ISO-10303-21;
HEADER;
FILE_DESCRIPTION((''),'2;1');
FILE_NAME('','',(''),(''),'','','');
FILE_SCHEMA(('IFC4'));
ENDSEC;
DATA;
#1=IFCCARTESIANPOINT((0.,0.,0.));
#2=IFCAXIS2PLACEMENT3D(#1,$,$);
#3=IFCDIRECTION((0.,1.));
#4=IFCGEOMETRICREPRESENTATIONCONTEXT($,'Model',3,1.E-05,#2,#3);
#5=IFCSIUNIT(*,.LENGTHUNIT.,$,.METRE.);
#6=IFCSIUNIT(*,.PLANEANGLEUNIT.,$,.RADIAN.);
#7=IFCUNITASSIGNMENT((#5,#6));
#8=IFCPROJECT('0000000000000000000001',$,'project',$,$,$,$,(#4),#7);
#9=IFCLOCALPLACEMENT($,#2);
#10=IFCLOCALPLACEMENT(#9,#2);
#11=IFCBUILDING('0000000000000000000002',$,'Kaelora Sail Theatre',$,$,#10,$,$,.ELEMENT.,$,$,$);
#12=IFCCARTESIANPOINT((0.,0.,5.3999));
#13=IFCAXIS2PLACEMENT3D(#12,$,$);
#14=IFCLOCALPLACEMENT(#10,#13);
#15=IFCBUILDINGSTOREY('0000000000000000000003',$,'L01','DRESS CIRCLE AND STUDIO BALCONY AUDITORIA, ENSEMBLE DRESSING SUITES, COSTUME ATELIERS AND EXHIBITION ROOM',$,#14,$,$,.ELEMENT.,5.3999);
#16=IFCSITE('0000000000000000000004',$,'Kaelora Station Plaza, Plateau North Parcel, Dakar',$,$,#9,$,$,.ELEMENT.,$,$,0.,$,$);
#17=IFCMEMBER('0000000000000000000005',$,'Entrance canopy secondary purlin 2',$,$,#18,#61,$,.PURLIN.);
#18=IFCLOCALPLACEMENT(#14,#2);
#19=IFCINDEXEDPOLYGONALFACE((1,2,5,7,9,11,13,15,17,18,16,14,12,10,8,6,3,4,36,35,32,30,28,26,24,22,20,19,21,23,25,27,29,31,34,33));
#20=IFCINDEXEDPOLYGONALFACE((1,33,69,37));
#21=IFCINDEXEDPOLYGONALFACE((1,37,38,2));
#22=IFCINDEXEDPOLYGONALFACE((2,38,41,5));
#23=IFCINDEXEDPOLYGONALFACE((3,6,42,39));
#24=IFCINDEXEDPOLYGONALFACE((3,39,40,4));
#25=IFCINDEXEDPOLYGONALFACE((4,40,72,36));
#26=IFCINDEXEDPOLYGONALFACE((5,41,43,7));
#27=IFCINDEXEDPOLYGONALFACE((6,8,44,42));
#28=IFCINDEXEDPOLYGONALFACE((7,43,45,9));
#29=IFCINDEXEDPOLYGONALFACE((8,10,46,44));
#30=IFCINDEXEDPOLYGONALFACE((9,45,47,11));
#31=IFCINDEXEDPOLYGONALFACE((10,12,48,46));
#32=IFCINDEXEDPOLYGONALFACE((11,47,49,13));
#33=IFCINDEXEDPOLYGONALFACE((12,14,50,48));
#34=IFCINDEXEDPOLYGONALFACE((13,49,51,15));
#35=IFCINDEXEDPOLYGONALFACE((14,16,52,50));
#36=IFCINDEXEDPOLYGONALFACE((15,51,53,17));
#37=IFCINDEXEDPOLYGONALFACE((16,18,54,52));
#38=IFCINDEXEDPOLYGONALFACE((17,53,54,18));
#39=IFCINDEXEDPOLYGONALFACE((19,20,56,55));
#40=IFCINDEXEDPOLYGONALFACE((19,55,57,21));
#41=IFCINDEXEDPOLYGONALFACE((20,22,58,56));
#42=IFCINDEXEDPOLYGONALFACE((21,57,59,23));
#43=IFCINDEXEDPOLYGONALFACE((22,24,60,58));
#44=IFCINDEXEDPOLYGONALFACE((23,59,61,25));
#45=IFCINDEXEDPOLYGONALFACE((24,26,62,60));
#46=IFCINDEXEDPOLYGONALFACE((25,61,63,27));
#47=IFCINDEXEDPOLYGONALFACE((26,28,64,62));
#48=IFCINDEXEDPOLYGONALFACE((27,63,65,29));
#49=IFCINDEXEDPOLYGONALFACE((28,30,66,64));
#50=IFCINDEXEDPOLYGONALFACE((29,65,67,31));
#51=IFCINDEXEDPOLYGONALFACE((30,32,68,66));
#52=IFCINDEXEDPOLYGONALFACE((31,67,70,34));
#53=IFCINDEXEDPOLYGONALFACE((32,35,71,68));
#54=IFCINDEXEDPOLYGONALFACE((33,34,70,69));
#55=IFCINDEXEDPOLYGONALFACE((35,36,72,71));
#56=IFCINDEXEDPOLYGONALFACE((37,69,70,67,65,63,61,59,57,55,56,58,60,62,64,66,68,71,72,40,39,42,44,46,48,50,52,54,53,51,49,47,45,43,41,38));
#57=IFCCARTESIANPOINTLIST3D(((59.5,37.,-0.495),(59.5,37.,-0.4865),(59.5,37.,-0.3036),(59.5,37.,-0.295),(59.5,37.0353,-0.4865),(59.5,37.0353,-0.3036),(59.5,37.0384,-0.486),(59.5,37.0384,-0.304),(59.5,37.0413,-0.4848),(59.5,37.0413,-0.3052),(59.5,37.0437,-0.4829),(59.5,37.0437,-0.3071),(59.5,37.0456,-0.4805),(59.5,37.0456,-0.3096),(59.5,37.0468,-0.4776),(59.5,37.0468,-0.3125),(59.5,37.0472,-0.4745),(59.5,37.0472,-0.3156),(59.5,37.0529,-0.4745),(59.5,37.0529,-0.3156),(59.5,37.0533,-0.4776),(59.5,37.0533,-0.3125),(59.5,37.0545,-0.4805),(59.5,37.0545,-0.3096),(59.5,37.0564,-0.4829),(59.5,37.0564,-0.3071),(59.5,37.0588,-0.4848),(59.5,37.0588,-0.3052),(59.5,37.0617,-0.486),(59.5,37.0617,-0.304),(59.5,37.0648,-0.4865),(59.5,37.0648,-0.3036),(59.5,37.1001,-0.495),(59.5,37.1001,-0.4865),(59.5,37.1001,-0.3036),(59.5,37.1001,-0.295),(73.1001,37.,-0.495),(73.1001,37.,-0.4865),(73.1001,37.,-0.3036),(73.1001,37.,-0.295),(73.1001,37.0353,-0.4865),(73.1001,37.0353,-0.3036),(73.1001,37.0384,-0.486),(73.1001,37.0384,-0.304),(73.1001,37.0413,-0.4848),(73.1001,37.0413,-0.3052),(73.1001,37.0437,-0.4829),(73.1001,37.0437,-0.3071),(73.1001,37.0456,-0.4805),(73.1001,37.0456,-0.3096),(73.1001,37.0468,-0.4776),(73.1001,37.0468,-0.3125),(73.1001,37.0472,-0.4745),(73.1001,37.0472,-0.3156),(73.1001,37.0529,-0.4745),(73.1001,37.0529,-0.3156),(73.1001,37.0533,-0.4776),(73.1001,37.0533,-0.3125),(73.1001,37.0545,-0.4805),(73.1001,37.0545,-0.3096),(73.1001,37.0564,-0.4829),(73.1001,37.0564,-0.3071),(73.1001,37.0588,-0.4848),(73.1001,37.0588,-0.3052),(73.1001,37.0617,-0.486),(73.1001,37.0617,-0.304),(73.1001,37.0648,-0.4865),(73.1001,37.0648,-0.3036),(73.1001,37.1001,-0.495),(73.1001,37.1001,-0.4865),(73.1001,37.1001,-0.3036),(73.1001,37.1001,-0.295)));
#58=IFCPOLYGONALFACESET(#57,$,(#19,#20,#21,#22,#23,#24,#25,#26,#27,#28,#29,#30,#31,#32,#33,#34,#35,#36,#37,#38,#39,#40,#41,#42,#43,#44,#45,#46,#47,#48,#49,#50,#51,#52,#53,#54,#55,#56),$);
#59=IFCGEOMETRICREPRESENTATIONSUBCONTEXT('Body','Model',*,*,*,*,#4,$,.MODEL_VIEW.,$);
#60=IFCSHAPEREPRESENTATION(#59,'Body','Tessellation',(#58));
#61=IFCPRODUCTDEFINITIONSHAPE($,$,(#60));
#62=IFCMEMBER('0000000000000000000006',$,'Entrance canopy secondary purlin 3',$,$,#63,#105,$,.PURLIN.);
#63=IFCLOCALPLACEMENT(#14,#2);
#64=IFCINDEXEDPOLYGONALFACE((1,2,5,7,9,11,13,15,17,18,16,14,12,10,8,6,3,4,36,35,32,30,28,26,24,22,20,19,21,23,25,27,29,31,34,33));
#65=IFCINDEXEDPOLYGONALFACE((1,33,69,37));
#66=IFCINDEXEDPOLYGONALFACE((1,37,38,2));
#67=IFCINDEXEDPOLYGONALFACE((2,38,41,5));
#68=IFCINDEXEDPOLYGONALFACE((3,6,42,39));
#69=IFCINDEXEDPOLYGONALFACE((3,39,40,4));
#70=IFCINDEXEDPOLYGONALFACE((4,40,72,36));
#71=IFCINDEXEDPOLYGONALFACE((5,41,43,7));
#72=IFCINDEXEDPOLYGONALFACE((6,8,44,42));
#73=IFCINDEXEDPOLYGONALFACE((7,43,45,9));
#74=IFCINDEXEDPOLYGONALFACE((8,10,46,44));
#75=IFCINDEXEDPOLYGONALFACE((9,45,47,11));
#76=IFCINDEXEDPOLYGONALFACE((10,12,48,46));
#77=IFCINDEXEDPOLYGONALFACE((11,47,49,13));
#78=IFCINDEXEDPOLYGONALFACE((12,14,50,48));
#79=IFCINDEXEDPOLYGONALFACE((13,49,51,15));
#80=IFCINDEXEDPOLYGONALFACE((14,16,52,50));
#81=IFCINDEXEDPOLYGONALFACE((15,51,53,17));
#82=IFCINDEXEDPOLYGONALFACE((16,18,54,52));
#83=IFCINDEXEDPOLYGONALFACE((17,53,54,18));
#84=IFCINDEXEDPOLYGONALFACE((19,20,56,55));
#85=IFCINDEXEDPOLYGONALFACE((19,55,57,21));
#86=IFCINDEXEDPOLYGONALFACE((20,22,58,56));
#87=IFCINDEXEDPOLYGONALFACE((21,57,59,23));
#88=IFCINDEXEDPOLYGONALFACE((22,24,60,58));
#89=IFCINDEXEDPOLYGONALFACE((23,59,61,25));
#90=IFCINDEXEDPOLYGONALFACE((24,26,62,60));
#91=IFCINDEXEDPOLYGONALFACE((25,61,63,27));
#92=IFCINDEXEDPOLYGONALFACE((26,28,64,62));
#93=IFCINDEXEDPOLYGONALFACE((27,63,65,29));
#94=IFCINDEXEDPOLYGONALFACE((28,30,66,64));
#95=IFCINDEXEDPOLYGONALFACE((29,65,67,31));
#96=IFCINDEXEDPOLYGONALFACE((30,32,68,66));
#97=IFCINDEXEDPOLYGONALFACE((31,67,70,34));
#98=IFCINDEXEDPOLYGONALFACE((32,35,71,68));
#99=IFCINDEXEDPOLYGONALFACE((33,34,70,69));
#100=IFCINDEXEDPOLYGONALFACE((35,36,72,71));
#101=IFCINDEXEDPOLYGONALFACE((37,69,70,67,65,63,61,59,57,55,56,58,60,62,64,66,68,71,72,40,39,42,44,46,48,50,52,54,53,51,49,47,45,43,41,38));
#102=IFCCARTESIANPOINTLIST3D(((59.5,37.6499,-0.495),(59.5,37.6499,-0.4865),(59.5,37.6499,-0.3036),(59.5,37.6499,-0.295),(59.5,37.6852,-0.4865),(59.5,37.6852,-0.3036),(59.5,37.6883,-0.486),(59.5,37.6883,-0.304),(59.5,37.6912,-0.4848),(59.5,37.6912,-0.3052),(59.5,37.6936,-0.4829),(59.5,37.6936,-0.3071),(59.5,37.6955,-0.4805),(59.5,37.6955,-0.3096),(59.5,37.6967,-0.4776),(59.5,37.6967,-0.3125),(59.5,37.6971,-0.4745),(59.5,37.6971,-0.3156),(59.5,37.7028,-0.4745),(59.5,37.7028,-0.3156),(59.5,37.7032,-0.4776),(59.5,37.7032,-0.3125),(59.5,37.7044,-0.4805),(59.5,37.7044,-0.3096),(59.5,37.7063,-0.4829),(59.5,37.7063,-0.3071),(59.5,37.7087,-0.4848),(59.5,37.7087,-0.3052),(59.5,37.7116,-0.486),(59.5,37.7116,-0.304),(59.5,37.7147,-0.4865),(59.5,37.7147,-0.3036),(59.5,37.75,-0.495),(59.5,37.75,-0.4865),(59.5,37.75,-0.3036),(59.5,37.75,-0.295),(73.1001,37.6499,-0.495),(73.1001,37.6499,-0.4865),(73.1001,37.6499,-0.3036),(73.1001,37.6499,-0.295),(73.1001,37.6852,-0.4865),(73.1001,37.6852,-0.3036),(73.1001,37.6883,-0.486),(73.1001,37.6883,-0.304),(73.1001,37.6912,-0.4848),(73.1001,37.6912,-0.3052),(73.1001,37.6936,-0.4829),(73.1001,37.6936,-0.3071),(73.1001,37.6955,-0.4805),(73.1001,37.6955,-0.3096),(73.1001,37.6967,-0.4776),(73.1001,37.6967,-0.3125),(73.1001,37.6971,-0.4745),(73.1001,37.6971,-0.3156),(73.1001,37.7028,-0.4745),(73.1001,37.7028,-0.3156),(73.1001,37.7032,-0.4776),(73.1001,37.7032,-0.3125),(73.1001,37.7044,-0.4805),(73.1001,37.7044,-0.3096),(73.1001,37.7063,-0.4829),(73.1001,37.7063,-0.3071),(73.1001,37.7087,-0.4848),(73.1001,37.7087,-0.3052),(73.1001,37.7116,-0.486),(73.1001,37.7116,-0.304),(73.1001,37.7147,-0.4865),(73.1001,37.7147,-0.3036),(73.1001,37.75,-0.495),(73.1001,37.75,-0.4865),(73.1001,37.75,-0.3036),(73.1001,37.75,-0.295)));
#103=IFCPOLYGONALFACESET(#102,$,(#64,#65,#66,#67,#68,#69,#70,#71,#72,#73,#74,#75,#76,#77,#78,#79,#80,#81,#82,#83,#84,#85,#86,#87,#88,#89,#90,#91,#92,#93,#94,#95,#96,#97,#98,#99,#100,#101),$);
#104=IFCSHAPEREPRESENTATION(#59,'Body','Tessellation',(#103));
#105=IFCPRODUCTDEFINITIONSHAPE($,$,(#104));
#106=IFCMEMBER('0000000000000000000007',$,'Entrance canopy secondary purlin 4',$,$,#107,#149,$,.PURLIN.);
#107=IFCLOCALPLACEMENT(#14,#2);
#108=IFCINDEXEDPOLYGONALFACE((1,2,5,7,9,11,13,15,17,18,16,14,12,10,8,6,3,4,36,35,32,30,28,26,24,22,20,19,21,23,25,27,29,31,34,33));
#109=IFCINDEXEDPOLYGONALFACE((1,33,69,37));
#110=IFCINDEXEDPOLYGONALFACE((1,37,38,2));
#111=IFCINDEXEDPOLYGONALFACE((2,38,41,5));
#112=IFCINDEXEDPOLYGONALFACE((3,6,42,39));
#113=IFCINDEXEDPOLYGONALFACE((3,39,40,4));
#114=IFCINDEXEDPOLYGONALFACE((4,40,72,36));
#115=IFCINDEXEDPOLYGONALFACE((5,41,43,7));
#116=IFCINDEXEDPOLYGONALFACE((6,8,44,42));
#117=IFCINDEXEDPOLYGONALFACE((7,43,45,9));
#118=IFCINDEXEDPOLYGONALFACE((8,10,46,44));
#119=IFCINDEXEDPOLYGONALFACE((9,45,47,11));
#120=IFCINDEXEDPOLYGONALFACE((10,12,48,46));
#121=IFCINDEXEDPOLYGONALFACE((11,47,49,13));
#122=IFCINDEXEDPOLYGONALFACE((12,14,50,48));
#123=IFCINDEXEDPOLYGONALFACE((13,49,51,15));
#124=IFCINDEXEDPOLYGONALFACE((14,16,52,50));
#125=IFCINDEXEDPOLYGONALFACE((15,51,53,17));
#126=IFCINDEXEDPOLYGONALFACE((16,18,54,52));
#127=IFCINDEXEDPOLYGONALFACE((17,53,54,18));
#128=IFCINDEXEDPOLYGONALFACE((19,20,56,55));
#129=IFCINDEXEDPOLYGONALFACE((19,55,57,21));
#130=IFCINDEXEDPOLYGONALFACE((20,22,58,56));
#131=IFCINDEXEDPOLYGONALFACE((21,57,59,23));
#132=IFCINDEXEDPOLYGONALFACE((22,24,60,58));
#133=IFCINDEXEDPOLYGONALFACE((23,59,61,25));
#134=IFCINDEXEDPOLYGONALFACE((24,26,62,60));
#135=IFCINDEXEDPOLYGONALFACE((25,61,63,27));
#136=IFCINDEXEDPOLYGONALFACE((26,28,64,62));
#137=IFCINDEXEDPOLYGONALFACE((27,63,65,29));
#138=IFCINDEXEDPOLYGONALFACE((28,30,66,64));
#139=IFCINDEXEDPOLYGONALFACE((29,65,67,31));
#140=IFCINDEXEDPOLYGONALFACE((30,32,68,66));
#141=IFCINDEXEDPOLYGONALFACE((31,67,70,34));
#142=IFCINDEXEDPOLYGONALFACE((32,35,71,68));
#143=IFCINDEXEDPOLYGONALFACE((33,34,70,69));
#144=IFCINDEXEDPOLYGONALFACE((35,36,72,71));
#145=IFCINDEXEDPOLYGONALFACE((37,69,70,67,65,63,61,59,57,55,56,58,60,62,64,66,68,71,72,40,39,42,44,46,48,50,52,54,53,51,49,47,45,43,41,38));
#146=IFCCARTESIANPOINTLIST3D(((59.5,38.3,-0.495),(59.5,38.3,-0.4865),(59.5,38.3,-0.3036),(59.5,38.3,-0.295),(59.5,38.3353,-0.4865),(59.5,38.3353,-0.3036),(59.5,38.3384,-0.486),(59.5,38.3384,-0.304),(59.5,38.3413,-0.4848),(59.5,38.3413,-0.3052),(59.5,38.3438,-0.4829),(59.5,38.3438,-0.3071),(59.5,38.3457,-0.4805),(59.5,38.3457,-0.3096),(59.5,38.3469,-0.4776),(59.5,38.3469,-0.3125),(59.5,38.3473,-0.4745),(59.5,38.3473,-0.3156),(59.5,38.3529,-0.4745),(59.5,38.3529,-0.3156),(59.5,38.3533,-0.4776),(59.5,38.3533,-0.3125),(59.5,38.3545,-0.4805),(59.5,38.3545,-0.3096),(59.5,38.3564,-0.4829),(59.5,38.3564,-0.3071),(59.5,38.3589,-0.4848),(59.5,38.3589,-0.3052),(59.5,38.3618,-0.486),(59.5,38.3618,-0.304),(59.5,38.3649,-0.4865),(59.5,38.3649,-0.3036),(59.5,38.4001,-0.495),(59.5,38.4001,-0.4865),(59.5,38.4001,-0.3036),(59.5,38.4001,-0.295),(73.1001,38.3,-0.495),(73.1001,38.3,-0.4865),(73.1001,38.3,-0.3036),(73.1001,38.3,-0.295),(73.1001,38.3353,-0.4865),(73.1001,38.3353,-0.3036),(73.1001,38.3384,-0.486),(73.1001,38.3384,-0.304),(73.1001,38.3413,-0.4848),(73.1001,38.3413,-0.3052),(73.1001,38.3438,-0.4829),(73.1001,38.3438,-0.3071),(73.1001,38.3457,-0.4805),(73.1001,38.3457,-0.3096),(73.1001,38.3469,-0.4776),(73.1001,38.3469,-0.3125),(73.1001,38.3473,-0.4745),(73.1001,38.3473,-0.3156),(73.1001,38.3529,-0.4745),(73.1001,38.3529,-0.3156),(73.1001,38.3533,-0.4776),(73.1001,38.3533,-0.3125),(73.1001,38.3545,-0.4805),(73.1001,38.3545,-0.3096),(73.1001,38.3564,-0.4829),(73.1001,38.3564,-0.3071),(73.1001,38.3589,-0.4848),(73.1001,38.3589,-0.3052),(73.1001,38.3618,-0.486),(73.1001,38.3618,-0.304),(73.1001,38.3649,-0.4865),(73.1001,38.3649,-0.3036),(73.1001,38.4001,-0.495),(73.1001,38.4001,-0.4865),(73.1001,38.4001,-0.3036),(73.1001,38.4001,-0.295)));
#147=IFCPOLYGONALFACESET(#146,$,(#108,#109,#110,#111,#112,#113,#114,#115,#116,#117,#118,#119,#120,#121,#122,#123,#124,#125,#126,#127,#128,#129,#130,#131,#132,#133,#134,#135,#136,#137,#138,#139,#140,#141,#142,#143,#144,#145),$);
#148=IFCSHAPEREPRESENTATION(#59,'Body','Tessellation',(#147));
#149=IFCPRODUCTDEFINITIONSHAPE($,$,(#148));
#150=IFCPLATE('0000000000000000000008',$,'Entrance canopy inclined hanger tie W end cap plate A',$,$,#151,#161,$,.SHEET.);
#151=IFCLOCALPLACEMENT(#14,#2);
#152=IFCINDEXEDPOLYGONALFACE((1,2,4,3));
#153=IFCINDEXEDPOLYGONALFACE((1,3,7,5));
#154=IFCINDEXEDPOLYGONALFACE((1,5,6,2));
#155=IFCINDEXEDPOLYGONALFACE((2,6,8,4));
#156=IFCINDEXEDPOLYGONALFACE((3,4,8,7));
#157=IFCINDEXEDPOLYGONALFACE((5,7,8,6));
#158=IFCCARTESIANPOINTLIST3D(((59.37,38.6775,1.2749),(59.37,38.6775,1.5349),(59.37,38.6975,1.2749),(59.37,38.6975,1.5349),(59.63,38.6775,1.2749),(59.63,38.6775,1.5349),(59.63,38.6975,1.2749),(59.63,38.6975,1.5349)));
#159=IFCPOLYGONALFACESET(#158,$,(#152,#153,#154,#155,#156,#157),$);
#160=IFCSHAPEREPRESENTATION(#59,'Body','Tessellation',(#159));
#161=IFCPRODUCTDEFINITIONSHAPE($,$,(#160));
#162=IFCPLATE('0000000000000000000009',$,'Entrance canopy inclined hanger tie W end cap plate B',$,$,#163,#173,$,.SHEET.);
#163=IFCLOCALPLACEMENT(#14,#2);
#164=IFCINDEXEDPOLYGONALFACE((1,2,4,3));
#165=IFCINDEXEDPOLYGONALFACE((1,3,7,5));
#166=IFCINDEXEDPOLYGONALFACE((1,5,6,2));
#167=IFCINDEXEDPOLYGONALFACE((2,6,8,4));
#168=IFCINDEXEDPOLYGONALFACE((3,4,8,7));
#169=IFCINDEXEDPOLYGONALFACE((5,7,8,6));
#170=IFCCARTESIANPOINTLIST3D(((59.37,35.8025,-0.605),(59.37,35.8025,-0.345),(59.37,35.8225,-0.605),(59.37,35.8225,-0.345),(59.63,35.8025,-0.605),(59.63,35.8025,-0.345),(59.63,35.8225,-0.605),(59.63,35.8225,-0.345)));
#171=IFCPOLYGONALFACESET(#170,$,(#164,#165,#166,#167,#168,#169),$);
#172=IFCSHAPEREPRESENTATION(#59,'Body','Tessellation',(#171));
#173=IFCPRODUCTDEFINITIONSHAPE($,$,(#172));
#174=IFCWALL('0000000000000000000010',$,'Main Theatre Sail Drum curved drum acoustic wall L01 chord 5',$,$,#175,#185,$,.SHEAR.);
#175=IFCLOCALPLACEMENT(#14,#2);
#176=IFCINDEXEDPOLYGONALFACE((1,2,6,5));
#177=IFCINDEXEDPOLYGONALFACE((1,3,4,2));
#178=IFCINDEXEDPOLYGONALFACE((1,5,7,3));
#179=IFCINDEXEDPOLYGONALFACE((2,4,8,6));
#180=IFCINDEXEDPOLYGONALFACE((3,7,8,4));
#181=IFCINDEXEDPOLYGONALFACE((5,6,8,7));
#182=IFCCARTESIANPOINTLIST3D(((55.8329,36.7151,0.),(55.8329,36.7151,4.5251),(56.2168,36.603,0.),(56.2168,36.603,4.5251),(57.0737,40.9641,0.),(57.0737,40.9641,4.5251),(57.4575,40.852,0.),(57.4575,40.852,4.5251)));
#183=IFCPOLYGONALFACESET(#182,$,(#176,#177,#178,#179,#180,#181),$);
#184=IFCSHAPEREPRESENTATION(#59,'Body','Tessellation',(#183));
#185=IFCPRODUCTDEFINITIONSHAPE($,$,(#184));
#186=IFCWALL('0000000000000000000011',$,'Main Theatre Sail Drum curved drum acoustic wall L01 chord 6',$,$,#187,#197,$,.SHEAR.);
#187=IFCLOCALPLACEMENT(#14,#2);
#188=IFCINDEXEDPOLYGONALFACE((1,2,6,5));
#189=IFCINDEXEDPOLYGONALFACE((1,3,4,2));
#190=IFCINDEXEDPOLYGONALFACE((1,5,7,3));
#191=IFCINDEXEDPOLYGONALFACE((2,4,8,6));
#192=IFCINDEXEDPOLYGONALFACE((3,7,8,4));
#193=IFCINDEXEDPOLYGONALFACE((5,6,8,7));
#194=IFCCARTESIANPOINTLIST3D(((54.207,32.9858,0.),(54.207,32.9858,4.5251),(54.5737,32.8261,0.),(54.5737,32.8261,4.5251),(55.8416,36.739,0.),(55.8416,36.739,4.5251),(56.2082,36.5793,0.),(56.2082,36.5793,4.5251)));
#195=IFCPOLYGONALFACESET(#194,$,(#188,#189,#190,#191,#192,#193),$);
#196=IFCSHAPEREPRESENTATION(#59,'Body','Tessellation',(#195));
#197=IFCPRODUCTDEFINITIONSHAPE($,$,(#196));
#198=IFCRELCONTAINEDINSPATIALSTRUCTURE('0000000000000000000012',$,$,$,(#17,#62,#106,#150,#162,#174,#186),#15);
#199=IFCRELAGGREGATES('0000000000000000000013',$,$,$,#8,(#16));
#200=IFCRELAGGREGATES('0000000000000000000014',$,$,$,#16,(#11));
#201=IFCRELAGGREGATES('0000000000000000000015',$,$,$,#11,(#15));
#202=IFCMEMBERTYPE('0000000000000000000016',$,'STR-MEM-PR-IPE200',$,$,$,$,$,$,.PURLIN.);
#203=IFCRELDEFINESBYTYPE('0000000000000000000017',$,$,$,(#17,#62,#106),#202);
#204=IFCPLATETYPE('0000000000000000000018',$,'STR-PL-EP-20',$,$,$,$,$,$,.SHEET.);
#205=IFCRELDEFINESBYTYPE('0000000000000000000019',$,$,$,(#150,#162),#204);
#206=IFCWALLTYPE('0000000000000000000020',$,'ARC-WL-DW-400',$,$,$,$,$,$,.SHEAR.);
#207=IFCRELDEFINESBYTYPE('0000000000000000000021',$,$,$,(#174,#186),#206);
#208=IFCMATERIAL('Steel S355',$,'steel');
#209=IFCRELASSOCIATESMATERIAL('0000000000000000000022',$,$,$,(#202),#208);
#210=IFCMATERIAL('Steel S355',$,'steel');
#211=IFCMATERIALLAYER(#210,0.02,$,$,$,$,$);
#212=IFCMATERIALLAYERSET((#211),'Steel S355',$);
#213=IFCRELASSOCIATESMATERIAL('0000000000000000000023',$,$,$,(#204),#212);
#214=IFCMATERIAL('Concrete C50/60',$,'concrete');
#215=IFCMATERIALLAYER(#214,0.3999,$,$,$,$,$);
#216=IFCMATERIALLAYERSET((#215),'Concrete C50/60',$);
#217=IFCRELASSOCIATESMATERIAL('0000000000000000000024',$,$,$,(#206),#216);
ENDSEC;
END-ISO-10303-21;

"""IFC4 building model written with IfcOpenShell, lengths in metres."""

from ifc_helpers import new_model, si_unit, direction, frame, frame_2d, origin, origin_2d, place, context, subcontext, project, spatial, rectangle, i_section, extrude, material, layer, layer_set, material_profile, profile_set, type_object, element, save


model = new_model("IFC4")

# Units and contexts
model_context = context("Model", 3, precision=1e-05, world=origin(), true_north=direction((0.0, 1.0)))
body_context = subcontext(model_context, "Body", "Model", "MODEL_VIEW")
ifc_project = project(units=[si_unit("LENGTHUNIT", "METRE"), si_unit("PLANEANGLEUNIT", "RADIAN")], contexts=[model_context])

# Site, building, storey
site_placement = place(None, origin())
site = spatial("IfcSite", under=ifc_project, at=site_placement, Name="Kaelora Station Plaza, Plateau North Parcel, Dakar", CompositionType="ELEMENT", RefElevation=0.0)
building_placement = place(site_placement, origin())
building = spatial("IfcBuilding", under=site, at=building_placement, Name="Kaelora Sail Theatre", CompositionType="ELEMENT")
storey_placement = place(building_placement, frame((0.0, 0.0, 5.3999)))
storey = spatial("IfcBuildingStorey", under=building, at=storey_placement, Name="L01", Description="DRESS CIRCLE AND STUDIO BALCONY AUDITORIA, ENSEMBLE DRESSING SUITES, COSTUME ATELIERS AND EXHIBITION ROOM", CompositionType="ELEMENT", Elevation=5.3999)

# Members
ifc_material_1 = material(Name="Steel S355", Category="steel")
ifc_material_profile_1 = material_profile(ifc_material_1, i_section(OverallWidth=0.1001, OverallDepth=0.2, WebThickness=0.0056, FlangeThickness=0.0085, FilletRadius=0.012, at=origin_2d()), Name="IPE 200")
ifc_profile_set_1 = profile_set([ifc_material_profile_1], Name="Steel S355")
member_type_1 = type_object("IfcMemberType", Name="STR-MEM-PR-IPE200", PredefinedType="PURLIN", material=ifc_profile_set_1)
for number, where, z_axis, x_axis, name in (
    (1, (59.5, 37.05, -0.395), (1.0, 0.0, 0.0), (0.0, 1.0, 0.0), "Entrance canopy secondary purlin 2"),
    (2, (59.5, 37.7, -0.395), (1.0, 0.0, 0.0), (0.0, 1.0, 0.0), "Entrance canopy secondary purlin 3"),
    (3, (59.5, 38.3501, -0.395), (1.0, 0.0, 0.0), (0.0, 1.0, 0.0), "Entrance canopy secondary purlin 4"),
):
    element("IfcMember", number, at=place(storey_placement, frame(where, z_axis=z_axis, x_axis=x_axis)), inside=storey, type_object=member_type_1, Name=name, PredefinedType="PURLIN", context=body_context, shape_type="SweptSolid", body=[
        extrude(i_section(OverallWidth=0.1001, OverallDepth=0.2, WebThickness=0.0056, FlangeThickness=0.0085, FilletRadius=0.012, at=origin_2d()), origin(), (0.0, 0.0, 1.0), 13.6001),
    ])

# Plates
ifc_material_2 = material(Name="Steel S355", Category="steel")
ifc_layer_1 = layer(ifc_material_2, 0.02)
ifc_layer_set_1 = layer_set([ifc_layer_1], Name="Steel S355")
plate_type = type_object("IfcPlateType", Name="STR-PL-EP-20", PredefinedType="SHEET", material=ifc_layer_set_1)
for number, where, z_axis, x_axis, name in (
    (4, (59.5, 38.6875, 1.2749), (0.0, 0.0, 1.0), (0.0, -1.0, 0.0), "Entrance canopy inclined hanger tie W end cap plate A"),
    (5, (59.5, 35.8125, -0.605), (0.0, 0.0, 1.0), (0.0, -1.0, 0.0), "Entrance canopy inclined hanger tie W end cap plate B"),
):
    element("IfcPlate", number, at=place(storey_placement, frame(where, z_axis=z_axis, x_axis=x_axis)), inside=storey, type_object=plate_type, Name=name, PredefinedType="SHEET", context=body_context, shape_type="SweptSolid", body=[
        extrude(rectangle(XDim=0.02, YDim=0.26, at=origin_2d()), origin(), (0.0, 0.0, 1.0), 0.26),
    ])

# Walls
ifc_material_3 = material(Name="Concrete C50/60", Category="concrete")
ifc_layer_2 = layer(ifc_material_3, 0.3999)
ifc_layer_set_2 = layer_set([ifc_layer_2], Name="Concrete C50/60")
wall_type = type_object("IfcWallType", Name="ARC-WL-DW-400", PredefinedType="SHEAR", material=ifc_layer_set_2)
wall_1_placement = place(storey_placement, frame((57.2656, 40.9082, 0.0), z_axis=(0.0, 0.0, 1.0), x_axis=(-0.280296, -0.959913, 0.0)))
element("IfcWall", 6, at=wall_1_placement, inside=storey, type_object=wall_type, Name="Main Theatre Sail Drum curved drum acoustic wall L01 chord 5", PredefinedType="SHEAR", context=body_context, shape_type="SweptSolid", body=[
    extrude(rectangle(XDim=4.4265, YDim=0.3999, at=frame_2d((2.2134, 0.0))), origin(), (0.0, 0.0, 1.0), 4.5251),
])
wall_2_placement = place(storey_placement, frame((56.0249, 36.6592, 0.0), z_axis=(0.0, 0.0, 1.0), x_axis=(-0.399282, -0.916828, 0.0)))
element("IfcWall", 7, at=wall_2_placement, inside=storey, type_object=wall_type, Name="Main Theatre Sail Drum curved drum acoustic wall L01 chord 6", PredefinedType="SHEAR", context=body_context, shape_type="SweptSolid", body=[
    extrude(rectangle(XDim=4.0938, YDim=0.3999, at=frame_2d((2.0469, 0.0))), origin(), (0.0, 0.0, 1.0), 4.5251),
])

save(model, "model.ifc")
